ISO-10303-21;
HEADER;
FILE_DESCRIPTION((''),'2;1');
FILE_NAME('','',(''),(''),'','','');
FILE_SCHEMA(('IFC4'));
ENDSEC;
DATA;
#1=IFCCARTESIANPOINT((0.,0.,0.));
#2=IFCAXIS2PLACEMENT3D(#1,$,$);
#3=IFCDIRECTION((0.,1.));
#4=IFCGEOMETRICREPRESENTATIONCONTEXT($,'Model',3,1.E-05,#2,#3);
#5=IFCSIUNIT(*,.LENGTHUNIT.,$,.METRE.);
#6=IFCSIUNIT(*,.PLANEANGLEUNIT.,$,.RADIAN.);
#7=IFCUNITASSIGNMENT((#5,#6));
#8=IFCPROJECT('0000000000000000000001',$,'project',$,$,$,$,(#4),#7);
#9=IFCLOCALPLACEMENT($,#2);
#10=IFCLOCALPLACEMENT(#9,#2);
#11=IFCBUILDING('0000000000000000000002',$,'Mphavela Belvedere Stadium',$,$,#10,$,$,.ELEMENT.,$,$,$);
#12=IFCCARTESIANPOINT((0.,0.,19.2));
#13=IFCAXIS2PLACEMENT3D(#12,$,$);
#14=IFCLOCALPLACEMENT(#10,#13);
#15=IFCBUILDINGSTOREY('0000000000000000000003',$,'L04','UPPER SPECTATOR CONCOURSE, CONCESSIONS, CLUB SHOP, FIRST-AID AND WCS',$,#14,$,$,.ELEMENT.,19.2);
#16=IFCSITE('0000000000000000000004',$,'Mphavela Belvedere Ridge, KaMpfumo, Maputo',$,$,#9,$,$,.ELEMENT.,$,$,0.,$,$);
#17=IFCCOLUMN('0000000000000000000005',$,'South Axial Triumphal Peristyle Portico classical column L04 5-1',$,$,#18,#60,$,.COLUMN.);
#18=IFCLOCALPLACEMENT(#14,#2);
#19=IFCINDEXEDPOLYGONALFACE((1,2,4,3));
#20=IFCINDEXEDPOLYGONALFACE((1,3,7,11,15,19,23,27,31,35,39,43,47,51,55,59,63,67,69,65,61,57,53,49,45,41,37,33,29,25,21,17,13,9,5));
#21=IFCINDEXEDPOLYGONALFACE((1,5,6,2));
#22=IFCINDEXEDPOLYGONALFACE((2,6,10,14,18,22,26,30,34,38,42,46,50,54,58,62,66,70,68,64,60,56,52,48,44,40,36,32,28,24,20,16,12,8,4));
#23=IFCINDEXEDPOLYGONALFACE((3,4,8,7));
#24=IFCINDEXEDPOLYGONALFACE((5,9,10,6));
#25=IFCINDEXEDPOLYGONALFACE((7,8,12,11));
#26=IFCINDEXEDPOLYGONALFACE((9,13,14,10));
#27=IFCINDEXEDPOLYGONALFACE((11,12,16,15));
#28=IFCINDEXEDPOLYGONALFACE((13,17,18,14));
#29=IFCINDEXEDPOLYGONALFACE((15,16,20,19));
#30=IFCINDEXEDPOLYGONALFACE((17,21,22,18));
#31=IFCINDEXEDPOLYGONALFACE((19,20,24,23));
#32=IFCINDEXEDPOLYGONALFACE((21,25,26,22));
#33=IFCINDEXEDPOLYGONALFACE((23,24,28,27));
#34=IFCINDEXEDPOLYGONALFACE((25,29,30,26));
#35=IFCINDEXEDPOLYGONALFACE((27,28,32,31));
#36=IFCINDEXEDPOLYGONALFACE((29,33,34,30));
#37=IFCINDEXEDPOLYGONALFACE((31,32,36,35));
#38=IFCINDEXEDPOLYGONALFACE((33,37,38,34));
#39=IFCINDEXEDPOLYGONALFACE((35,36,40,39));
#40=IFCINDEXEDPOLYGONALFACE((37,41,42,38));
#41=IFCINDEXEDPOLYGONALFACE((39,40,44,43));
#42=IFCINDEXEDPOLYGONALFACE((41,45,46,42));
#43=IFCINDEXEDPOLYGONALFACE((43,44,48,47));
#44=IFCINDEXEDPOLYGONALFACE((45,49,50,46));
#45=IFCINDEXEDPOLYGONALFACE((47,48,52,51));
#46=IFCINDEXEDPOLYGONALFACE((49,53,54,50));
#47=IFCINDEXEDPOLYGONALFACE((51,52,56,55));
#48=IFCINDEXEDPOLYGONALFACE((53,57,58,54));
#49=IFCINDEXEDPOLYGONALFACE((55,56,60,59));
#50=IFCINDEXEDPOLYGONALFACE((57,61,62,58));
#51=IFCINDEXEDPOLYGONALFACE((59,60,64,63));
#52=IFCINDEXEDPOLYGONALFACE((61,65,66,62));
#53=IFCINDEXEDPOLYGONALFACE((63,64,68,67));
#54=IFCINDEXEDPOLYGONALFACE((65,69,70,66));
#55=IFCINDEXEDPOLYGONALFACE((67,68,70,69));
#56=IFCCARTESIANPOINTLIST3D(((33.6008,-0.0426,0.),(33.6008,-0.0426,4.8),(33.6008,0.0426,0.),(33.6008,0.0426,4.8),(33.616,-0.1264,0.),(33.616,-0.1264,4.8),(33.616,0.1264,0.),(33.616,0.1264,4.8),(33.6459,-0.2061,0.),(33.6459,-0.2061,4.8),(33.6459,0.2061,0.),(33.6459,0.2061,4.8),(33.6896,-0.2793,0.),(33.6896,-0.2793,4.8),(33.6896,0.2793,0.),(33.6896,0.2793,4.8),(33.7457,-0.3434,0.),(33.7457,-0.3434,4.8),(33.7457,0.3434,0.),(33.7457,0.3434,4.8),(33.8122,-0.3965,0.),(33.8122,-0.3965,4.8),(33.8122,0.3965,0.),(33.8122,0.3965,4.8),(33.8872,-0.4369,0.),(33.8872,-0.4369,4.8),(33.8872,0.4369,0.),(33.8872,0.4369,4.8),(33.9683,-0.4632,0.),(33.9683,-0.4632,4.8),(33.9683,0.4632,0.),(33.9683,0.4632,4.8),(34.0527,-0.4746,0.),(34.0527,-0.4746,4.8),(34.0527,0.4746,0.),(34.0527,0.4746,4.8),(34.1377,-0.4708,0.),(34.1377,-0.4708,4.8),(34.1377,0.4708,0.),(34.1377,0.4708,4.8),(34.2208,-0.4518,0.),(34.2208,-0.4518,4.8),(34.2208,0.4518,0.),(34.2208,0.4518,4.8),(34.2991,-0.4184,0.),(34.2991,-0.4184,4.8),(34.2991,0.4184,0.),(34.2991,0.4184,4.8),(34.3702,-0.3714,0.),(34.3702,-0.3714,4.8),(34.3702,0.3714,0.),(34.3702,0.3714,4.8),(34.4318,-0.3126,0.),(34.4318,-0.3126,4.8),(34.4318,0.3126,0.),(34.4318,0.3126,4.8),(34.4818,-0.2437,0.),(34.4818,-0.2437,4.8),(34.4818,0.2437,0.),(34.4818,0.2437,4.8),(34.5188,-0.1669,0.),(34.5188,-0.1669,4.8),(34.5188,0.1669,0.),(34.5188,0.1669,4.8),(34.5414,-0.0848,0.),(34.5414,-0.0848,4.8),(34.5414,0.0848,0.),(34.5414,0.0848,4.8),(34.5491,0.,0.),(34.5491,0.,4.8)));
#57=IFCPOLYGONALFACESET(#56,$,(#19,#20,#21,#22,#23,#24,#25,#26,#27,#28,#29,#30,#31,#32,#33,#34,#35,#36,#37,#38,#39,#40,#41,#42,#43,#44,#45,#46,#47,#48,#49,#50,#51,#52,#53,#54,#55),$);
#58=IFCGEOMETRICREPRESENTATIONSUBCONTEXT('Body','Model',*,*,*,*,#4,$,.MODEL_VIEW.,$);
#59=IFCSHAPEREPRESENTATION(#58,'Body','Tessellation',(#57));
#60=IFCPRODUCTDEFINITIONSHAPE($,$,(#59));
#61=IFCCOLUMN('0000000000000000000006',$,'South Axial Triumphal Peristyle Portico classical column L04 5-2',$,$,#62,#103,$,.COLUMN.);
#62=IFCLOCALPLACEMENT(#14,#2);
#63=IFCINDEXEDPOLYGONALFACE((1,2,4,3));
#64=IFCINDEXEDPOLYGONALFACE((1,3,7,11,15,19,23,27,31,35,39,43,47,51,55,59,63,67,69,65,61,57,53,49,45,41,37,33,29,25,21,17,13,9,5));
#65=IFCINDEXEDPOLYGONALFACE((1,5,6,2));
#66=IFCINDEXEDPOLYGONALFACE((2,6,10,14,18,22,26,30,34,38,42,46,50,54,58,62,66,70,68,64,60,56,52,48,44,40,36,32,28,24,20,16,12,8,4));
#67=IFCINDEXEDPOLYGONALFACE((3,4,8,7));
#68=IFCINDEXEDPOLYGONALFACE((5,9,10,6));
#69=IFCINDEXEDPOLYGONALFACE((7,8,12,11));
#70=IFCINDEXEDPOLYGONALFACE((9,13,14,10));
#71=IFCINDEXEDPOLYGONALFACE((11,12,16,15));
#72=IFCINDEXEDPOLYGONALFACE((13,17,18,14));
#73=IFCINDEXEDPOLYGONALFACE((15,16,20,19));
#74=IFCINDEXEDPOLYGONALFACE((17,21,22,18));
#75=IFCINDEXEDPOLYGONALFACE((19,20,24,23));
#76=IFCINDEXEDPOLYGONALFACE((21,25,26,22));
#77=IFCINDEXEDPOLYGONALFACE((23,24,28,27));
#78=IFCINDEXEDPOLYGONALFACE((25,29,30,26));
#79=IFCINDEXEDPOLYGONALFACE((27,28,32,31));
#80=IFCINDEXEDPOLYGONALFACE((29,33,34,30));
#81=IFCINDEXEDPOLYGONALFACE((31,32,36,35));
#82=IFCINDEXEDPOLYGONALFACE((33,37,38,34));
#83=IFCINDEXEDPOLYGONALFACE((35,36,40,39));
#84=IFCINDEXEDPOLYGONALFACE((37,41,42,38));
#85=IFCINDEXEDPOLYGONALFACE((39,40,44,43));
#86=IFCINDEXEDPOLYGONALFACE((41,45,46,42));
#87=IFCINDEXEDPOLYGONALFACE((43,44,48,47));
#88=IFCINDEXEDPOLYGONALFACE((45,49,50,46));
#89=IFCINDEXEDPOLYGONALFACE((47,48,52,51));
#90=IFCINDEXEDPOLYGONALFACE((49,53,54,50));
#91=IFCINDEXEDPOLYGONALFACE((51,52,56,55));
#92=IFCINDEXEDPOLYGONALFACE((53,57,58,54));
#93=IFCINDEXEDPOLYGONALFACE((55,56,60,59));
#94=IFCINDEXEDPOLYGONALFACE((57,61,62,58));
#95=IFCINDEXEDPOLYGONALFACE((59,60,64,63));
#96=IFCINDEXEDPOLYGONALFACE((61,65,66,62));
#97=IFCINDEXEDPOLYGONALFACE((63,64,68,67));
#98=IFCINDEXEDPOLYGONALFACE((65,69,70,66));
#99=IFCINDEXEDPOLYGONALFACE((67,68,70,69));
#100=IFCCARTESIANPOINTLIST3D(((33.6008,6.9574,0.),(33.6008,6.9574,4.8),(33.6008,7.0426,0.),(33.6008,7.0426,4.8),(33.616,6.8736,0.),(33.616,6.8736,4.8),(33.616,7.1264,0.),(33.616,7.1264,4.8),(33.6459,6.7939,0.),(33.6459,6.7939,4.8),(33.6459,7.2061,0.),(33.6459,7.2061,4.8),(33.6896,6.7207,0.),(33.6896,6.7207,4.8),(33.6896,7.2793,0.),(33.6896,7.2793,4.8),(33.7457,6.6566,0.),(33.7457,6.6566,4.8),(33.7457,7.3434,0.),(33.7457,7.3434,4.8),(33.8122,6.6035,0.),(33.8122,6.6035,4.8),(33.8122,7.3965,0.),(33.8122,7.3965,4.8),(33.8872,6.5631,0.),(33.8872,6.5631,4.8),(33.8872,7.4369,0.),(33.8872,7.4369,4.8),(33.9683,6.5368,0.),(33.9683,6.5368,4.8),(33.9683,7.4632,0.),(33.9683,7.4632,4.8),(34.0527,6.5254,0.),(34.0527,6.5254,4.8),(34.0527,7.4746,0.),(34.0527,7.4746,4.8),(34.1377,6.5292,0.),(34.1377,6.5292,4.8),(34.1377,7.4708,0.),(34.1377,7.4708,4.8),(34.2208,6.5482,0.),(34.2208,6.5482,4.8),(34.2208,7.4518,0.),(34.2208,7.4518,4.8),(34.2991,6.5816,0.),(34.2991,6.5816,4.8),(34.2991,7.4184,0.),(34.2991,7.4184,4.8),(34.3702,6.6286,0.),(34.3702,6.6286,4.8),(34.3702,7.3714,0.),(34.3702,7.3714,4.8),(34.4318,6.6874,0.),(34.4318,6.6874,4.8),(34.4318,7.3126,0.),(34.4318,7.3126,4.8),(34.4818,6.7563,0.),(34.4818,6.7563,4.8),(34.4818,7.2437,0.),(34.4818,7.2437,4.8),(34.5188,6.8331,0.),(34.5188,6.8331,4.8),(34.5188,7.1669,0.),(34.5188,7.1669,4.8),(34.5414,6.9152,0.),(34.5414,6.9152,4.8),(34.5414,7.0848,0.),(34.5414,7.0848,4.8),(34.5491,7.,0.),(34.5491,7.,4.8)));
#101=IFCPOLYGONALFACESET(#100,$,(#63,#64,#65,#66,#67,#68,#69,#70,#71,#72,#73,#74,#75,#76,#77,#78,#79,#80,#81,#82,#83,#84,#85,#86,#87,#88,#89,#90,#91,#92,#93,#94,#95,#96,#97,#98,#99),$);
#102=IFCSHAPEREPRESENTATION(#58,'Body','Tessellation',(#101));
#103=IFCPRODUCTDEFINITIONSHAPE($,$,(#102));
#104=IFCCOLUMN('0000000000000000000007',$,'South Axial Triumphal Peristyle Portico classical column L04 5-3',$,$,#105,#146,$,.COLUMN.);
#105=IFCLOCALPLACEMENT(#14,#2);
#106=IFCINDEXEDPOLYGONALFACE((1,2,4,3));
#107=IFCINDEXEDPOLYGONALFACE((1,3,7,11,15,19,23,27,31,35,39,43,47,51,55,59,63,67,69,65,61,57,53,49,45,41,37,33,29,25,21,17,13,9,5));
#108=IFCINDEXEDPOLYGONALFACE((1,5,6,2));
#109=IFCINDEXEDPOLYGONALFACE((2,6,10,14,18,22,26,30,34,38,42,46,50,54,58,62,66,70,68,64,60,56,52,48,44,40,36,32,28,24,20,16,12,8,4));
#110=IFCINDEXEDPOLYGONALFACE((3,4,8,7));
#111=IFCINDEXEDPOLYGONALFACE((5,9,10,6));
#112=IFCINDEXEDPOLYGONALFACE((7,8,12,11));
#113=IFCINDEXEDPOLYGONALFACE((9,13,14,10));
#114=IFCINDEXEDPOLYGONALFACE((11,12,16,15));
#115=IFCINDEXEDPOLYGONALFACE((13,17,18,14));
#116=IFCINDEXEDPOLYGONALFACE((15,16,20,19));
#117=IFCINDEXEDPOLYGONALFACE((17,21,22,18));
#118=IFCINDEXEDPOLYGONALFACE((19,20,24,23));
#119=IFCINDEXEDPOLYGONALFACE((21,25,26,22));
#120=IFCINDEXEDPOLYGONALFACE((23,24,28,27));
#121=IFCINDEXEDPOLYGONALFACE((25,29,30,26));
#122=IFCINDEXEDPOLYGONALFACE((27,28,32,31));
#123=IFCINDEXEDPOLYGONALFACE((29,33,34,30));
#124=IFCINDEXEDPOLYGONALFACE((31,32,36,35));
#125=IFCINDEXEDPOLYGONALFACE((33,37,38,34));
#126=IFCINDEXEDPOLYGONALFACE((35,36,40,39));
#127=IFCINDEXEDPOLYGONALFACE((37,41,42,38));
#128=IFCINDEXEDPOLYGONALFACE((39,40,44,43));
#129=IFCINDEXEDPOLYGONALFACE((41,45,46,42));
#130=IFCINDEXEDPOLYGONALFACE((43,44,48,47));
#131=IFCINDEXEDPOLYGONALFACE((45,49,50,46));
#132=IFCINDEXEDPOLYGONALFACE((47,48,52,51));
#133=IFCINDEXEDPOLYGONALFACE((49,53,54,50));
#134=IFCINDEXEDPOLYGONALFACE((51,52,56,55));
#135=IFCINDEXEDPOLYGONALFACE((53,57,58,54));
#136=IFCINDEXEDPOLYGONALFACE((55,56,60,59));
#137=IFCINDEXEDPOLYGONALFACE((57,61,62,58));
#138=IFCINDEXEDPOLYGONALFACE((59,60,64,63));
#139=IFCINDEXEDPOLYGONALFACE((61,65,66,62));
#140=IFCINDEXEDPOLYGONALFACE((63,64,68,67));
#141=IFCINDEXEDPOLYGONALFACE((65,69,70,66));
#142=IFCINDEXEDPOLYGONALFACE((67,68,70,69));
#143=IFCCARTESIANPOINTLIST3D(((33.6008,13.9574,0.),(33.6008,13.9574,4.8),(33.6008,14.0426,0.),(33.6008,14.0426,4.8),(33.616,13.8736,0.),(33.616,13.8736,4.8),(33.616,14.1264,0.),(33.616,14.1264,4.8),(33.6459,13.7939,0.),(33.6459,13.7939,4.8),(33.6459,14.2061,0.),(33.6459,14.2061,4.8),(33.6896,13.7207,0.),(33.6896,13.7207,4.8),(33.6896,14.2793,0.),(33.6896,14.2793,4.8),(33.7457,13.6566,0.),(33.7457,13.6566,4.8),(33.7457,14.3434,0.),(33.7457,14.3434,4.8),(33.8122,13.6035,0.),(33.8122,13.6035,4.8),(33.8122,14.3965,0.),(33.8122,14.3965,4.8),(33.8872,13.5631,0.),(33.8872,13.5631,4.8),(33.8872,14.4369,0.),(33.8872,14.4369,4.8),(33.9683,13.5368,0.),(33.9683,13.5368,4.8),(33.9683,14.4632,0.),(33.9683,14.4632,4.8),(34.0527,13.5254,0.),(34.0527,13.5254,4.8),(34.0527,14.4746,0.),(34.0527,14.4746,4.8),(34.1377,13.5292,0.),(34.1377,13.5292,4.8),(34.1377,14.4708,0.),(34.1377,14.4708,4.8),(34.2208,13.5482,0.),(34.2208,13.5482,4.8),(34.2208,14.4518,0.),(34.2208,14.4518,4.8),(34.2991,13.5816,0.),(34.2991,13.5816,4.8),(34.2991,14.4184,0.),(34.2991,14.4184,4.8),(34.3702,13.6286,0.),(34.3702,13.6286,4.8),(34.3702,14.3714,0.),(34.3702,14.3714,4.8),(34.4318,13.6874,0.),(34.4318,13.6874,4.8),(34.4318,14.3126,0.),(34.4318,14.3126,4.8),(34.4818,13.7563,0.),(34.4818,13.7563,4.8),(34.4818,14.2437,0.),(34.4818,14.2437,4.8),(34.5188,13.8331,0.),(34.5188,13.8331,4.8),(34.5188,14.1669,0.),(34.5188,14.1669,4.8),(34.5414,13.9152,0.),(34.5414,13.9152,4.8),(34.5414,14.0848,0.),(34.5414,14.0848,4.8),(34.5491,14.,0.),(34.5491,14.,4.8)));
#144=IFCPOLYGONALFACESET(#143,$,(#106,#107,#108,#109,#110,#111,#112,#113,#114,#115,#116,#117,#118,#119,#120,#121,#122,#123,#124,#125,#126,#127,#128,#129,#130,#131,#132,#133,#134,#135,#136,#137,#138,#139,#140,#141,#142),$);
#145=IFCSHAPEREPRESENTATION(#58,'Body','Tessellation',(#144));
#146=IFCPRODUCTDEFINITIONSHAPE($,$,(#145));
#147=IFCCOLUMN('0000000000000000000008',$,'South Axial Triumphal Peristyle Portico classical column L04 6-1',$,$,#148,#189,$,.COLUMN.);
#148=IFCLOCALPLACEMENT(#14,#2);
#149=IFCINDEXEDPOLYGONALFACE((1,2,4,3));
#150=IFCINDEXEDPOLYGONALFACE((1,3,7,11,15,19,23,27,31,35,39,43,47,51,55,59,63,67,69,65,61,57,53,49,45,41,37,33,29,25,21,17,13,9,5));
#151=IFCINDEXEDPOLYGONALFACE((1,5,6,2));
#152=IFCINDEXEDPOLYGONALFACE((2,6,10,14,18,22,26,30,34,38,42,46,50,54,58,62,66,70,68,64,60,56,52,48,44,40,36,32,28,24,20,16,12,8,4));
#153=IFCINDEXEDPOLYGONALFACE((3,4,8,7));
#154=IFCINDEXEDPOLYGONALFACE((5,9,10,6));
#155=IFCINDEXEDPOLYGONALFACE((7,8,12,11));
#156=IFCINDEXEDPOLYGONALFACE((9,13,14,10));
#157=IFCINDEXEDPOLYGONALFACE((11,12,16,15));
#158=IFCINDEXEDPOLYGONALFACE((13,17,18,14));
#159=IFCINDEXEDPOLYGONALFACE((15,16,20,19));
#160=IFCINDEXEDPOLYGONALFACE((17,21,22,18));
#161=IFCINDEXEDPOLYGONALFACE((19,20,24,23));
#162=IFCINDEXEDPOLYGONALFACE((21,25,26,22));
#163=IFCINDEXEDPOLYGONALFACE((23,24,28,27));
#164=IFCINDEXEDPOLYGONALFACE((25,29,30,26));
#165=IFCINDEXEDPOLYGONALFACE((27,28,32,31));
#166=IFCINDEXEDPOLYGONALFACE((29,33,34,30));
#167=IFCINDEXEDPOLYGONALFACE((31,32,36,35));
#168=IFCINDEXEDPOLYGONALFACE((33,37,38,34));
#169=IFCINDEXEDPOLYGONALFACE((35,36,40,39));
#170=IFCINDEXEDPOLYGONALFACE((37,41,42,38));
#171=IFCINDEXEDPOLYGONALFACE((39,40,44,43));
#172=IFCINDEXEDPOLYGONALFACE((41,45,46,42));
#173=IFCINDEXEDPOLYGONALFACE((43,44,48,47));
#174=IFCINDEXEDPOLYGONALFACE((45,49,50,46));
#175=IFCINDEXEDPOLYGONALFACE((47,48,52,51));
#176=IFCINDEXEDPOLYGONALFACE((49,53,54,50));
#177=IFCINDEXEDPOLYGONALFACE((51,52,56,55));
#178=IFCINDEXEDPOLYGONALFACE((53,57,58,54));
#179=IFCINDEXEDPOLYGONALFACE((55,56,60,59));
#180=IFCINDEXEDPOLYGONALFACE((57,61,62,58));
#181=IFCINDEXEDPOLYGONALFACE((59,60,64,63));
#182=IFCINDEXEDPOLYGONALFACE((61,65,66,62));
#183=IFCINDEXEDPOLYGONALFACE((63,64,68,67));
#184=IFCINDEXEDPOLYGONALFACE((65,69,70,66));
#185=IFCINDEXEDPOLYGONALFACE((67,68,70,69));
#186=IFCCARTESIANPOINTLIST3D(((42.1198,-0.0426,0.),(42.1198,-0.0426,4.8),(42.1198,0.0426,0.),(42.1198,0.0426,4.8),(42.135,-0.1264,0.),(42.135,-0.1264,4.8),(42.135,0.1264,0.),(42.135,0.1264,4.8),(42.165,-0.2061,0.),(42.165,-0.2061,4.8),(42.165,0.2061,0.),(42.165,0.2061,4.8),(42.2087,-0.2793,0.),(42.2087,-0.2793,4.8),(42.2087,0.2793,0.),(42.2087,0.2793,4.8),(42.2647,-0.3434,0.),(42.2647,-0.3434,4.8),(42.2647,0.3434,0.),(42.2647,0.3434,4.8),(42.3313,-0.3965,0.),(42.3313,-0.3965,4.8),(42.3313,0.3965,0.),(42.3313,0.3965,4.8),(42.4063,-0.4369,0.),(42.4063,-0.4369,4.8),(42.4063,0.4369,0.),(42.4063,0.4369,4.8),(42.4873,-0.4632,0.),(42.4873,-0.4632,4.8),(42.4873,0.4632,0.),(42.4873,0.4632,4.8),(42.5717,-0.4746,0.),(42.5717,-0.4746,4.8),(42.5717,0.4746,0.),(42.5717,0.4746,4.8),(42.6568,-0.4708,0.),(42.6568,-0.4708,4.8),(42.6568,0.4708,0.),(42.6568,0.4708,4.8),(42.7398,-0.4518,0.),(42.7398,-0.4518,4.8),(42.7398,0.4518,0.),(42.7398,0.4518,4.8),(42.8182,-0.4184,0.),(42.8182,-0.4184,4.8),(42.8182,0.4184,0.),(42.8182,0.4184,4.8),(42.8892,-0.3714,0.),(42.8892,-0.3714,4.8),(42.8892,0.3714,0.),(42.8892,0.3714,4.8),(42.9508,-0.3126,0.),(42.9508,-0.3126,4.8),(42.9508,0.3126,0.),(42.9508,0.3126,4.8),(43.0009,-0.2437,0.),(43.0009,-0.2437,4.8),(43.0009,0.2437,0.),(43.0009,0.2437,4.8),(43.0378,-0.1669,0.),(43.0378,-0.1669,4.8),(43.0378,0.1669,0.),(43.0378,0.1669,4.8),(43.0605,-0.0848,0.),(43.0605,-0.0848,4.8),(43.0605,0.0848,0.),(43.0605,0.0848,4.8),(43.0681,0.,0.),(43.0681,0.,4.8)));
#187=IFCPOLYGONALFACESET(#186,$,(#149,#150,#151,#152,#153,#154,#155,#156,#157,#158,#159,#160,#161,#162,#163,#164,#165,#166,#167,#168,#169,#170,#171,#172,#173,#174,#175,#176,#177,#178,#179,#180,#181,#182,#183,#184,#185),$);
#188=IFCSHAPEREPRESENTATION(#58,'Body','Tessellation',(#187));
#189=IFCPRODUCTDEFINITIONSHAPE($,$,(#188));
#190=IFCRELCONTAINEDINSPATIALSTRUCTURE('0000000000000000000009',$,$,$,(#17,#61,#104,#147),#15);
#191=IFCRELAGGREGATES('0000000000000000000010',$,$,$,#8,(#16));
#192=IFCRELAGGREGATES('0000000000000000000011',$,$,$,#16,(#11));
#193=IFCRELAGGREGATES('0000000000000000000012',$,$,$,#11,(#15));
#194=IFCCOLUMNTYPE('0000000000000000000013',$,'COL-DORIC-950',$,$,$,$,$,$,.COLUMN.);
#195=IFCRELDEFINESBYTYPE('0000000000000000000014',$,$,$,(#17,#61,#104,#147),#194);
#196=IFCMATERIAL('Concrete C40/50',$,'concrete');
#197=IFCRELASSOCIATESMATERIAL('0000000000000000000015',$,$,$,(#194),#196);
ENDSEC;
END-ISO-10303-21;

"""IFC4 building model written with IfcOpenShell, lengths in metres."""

from ifc_helpers import new_model, si_unit, direction, frame, origin, origin_2d, place, context, subcontext, project, spatial, circle, extrude, material, material_profile, profile_set, type_object, element, save


model = new_model("IFC4")

# Units and contexts
model_context = context("Model", 3, precision=1e-05, world=origin(), true_north=direction((0.0, 1.0)))
body_context = subcontext(model_context, "Body", "Model", "MODEL_VIEW")
ifc_project = project(units=[si_unit("LENGTHUNIT", "METRE"), si_unit("PLANEANGLEUNIT", "RADIAN")], contexts=[model_context])

# Site, building, storey
site_placement = place(None, origin())
site = spatial("IfcSite", under=ifc_project, at=site_placement, Name="Mphavela Belvedere Ridge, KaMpfumo, Maputo", CompositionType="ELEMENT", RefElevation=0.0)
building_placement = place(site_placement, origin())
building = spatial("IfcBuilding", under=site, at=building_placement, Name="Mphavela Belvedere Stadium", CompositionType="ELEMENT")
storey_placement = place(building_placement, frame((0.0, 0.0, 19.2)))
storey = spatial("IfcBuildingStorey", under=building, at=storey_placement, Name="L04", Description="UPPER SPECTATOR CONCOURSE, CONCESSIONS, CLUB SHOP, FIRST-AID AND WCS", CompositionType="ELEMENT", Elevation=19.2)

# Columns
ifc_material_1 = material(Name="Concrete C40/50", Category="concrete")
ifc_material_profile_1 = material_profile(ifc_material_1, circle(Radius=0.4751, at=origin_2d()), Name="COL D950")
ifc_profile_set_1 = profile_set([ifc_material_profile_1], Name="Concrete C40/50")
column_type = type_object("IfcColumnType", Name="COL-DORIC-950", PredefinedType="COLUMN", material=ifc_profile_set_1)
for number, where, z_axis, x_axis, name in (
    (1, (34.074, 0.0, 0.0), (0.0, 0.0, 1.0), (1.0, 0.0, 0.0), "South Axial Triumphal Peristyle Portico classical column L04 5-1"),
    (2, (34.074, 7.0, 0.0), (0.0, 0.0, 1.0), (1.0, 0.0, 0.0), "South Axial Triumphal Peristyle Portico classical column L04 5-2"),
    (3, (34.074, 14.0, 0.0), (0.0, 0.0, 1.0), (1.0, 0.0, 0.0), "South Axial Triumphal Peristyle Portico classical column L04 5-3"),
    (4, (42.593, 0.0, 0.0), (0.0, 0.0, 1.0), (1.0, 0.0, 0.0), "South Axial Triumphal Peristyle Portico classical column L04 6-1"),
):
    element("IfcColumn", number, at=place(storey_placement, frame(where, z_axis=z_axis, x_axis=x_axis)), inside=storey, type_object=column_type, Name=name, PredefinedType="COLUMN", context=body_context, shape_type="SweptSolid", body=[
        extrude(circle(Radius=0.4751, at=origin_2d()), origin(), (0.0, 0.0, 1.0), 4.8),
    ])

save(model, "model.ifc")
